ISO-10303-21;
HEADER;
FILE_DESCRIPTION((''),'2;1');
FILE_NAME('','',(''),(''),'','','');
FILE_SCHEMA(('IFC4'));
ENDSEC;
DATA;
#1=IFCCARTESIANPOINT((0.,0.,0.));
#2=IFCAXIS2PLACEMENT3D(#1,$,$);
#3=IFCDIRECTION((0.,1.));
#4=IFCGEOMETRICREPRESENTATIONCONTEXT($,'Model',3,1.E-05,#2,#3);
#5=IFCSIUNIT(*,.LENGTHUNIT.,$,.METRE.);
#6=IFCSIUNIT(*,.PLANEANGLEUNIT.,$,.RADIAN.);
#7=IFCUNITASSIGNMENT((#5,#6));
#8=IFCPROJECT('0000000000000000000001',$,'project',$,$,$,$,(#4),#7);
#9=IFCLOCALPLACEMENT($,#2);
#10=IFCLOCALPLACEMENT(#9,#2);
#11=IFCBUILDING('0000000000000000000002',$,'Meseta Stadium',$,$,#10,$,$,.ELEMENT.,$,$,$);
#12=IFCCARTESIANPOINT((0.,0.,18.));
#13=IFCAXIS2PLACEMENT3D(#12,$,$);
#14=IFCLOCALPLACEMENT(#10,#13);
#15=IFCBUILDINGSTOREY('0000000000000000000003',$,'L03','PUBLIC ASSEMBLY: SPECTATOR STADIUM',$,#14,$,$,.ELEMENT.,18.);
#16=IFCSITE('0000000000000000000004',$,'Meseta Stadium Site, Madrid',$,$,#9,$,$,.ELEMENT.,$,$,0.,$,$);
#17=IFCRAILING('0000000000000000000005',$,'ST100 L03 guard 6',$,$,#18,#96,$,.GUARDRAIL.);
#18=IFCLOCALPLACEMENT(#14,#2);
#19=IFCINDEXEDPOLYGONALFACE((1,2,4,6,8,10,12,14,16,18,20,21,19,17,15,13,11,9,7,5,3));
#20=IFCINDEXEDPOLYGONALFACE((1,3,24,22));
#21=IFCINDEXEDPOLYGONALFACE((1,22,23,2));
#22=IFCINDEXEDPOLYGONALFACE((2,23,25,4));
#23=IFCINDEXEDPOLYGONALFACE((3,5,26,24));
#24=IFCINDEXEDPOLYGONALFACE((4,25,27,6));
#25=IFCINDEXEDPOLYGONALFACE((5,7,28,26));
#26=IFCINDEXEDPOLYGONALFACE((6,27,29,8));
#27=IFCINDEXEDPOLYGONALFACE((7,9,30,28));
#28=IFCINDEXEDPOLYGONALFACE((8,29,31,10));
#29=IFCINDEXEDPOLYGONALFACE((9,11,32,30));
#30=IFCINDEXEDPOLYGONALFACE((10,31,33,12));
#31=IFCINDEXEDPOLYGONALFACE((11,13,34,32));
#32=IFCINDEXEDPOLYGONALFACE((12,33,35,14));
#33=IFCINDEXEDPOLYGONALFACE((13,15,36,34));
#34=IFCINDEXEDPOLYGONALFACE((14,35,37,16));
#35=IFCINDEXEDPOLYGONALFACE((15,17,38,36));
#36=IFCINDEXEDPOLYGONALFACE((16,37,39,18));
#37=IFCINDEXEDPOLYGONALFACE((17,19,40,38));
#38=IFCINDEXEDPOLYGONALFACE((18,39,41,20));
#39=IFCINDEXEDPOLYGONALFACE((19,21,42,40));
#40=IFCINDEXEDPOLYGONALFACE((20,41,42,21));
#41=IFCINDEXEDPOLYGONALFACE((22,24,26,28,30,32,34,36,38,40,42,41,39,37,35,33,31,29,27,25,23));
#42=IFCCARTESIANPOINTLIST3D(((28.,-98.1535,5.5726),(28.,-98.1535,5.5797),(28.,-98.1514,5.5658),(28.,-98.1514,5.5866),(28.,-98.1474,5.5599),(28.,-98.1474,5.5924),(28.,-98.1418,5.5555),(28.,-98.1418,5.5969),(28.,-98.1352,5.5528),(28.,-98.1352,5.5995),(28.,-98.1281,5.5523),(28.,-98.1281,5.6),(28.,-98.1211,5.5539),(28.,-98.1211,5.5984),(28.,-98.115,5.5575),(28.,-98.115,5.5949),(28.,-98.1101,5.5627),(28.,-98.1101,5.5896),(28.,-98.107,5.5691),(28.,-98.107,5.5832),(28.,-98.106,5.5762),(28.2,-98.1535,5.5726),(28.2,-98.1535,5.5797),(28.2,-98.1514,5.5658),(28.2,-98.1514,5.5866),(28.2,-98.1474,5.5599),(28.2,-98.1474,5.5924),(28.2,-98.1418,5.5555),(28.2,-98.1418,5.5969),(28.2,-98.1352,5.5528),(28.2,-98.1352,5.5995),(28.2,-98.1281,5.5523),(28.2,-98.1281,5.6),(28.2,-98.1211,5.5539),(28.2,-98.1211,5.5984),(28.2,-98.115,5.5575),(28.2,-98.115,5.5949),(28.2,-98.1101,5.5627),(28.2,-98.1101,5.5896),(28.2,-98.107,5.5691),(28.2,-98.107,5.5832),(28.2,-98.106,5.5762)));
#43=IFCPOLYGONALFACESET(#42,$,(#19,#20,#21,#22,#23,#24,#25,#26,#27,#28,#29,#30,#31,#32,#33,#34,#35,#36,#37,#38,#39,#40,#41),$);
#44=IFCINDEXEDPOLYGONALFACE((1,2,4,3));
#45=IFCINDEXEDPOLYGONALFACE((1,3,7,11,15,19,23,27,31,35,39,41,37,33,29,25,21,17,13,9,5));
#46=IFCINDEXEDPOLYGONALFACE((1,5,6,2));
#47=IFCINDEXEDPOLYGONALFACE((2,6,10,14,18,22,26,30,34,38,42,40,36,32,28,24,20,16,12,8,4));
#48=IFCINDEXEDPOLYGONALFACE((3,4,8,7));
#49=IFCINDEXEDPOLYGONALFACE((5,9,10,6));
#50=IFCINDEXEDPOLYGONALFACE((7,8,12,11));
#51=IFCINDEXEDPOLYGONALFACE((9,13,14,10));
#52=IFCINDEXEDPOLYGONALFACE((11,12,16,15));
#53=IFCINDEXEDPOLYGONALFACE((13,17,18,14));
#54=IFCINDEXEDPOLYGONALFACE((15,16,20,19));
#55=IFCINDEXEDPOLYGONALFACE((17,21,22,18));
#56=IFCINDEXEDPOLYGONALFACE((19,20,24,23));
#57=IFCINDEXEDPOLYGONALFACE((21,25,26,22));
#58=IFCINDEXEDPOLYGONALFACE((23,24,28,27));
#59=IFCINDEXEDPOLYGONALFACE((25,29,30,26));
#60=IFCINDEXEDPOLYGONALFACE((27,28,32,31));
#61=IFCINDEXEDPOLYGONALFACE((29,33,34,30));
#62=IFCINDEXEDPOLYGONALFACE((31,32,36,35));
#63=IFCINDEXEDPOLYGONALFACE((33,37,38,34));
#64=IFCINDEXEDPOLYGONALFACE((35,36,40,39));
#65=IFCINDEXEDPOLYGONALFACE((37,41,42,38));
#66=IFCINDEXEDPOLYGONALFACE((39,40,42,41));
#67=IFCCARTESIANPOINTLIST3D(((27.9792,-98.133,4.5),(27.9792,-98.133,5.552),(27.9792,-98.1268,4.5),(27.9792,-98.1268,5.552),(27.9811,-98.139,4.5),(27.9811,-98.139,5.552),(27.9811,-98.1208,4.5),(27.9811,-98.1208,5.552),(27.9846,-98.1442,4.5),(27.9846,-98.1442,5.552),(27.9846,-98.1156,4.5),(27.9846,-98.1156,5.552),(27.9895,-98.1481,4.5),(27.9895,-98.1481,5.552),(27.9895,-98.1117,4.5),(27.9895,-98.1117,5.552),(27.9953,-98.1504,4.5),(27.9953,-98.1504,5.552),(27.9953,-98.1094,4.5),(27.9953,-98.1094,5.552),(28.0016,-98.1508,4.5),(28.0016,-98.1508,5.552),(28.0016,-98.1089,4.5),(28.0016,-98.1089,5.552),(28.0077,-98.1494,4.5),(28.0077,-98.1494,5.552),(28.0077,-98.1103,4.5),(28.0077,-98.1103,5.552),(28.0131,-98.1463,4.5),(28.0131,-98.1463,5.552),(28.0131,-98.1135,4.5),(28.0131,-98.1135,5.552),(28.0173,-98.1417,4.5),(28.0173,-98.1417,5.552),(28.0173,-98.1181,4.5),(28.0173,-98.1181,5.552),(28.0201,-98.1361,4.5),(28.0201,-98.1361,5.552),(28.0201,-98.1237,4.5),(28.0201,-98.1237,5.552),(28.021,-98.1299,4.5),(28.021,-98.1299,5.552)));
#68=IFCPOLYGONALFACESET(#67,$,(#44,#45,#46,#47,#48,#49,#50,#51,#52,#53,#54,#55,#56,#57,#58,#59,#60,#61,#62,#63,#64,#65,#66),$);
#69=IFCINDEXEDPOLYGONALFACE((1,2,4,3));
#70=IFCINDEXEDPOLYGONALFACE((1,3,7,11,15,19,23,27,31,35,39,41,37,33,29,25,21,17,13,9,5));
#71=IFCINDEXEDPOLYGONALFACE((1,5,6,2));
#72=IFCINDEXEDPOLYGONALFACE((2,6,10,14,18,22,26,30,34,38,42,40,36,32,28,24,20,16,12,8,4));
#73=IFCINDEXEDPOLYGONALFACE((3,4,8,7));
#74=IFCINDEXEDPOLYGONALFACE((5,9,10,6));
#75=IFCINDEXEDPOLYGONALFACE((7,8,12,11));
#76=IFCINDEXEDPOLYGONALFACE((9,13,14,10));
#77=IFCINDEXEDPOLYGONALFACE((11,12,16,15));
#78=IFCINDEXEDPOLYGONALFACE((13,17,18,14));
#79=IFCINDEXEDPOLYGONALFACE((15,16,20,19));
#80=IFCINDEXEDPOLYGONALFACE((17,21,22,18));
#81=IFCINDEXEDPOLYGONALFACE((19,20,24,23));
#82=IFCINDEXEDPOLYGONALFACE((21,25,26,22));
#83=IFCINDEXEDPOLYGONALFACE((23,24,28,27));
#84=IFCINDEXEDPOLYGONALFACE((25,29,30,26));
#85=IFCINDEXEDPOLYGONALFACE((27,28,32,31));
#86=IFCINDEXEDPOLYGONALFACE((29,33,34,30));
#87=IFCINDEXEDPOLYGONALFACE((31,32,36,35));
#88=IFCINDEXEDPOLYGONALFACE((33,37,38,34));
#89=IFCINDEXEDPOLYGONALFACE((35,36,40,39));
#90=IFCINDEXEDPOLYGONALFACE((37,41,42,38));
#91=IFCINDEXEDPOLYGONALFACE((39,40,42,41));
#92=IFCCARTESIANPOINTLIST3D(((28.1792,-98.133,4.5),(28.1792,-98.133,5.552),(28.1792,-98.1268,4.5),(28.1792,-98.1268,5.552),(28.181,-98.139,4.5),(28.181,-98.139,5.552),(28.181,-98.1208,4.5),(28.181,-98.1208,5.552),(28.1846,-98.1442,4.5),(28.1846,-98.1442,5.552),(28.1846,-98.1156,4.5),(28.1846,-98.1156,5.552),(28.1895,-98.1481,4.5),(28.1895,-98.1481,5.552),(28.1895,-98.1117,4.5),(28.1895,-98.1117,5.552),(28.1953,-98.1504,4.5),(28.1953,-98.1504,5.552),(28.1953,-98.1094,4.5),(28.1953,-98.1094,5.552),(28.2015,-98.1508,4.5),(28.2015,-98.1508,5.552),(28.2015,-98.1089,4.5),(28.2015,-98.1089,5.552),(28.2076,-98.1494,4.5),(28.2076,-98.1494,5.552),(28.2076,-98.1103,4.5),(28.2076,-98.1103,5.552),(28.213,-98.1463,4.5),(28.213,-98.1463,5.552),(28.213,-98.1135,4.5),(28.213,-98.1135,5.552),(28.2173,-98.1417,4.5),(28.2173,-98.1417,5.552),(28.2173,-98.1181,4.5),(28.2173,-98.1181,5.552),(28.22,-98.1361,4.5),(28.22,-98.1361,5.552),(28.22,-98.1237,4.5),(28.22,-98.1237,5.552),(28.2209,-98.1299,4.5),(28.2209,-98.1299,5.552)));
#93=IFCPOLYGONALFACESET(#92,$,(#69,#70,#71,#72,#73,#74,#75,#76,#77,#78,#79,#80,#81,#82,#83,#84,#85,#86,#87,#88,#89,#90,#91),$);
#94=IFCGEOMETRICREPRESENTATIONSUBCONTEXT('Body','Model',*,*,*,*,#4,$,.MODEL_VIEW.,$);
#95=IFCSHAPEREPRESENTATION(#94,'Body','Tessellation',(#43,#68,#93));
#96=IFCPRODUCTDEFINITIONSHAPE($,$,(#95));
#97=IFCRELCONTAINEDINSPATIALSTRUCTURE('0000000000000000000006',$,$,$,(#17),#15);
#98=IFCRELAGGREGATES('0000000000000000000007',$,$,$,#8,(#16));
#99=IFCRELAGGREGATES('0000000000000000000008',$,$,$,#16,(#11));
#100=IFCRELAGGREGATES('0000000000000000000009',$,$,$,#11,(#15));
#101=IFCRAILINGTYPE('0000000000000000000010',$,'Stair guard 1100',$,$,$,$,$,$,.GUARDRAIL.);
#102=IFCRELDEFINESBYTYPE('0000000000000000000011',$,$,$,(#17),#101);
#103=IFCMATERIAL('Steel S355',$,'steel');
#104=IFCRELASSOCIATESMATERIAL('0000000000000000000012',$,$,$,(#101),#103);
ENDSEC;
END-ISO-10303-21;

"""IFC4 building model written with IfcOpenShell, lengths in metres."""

from ifc_helpers import new_model, si_unit, direction, frame, origin, origin_2d, place, context, subcontext, project, spatial, circle, extrude, material, type_object, element, save


model = new_model("IFC4")

# Units and contexts
model_context = context("Model", 3, precision=1e-05, world=origin(), true_north=direction((0.0, 1.0)))
body_context = subcontext(model_context, "Body", "Model", "MODEL_VIEW")
ifc_project = project(units=[si_unit("LENGTHUNIT", "METRE"), si_unit("PLANEANGLEUNIT", "RADIAN")], contexts=[model_context])

# Site, building, storey
site_placement = place(None, origin())
site = spatial("IfcSite", under=ifc_project, at=site_placement, Name="Meseta Stadium Site, Madrid", CompositionType="ELEMENT", RefElevation=0.0)
building_placement = place(site_placement, origin())
building = spatial("IfcBuilding", under=site, at=building_placement, Name="Meseta Stadium", CompositionType="ELEMENT")
storey_placement = place(building_placement, frame((0.0, 0.0, 18.0)))
storey = spatial("IfcBuildingStorey", under=building, at=storey_placement, Name="L03", Description="PUBLIC ASSEMBLY: SPECTATOR STADIUM", CompositionType="ELEMENT", Elevation=18.0)

# Railing
ifc_material_1 = material(Name="Steel S355", Category="steel")
railing_type_1 = type_object("IfcRailingType", Name="Stair guard 1100", PredefinedType="GUARDRAIL", material=ifc_material_1)
railing_1_placement = place(storey_placement, frame((28.0, -98.1299, 4.5)))
element("IfcRailing", 1, at=railing_1_placement, inside=storey, type_object=railing_type_1, Name="ST100 L03 guard 6", PredefinedType="GUARDRAIL", context=body_context, shape_type="SweptSolid", body=[
    extrude(circle(Radius=0.0239, at=origin_2d()), frame((0.0, 0.0, 1.0762), z_axis=(1.0, 0.0, 0.0), x_axis=(0.0, 1.0, 0.0)), (0.0, 0.0, 1.0), 0.2),
    extrude(circle(Radius=0.021, at=origin_2d()), origin(), (0.0, 0.0, 1.0), 1.052),
    extrude(circle(Radius=0.021, at=origin_2d()), frame((0.2, 0.0, 0.0)), (0.0, 0.0, 1.0), 1.052),
])

save(model, "model.ifc")
